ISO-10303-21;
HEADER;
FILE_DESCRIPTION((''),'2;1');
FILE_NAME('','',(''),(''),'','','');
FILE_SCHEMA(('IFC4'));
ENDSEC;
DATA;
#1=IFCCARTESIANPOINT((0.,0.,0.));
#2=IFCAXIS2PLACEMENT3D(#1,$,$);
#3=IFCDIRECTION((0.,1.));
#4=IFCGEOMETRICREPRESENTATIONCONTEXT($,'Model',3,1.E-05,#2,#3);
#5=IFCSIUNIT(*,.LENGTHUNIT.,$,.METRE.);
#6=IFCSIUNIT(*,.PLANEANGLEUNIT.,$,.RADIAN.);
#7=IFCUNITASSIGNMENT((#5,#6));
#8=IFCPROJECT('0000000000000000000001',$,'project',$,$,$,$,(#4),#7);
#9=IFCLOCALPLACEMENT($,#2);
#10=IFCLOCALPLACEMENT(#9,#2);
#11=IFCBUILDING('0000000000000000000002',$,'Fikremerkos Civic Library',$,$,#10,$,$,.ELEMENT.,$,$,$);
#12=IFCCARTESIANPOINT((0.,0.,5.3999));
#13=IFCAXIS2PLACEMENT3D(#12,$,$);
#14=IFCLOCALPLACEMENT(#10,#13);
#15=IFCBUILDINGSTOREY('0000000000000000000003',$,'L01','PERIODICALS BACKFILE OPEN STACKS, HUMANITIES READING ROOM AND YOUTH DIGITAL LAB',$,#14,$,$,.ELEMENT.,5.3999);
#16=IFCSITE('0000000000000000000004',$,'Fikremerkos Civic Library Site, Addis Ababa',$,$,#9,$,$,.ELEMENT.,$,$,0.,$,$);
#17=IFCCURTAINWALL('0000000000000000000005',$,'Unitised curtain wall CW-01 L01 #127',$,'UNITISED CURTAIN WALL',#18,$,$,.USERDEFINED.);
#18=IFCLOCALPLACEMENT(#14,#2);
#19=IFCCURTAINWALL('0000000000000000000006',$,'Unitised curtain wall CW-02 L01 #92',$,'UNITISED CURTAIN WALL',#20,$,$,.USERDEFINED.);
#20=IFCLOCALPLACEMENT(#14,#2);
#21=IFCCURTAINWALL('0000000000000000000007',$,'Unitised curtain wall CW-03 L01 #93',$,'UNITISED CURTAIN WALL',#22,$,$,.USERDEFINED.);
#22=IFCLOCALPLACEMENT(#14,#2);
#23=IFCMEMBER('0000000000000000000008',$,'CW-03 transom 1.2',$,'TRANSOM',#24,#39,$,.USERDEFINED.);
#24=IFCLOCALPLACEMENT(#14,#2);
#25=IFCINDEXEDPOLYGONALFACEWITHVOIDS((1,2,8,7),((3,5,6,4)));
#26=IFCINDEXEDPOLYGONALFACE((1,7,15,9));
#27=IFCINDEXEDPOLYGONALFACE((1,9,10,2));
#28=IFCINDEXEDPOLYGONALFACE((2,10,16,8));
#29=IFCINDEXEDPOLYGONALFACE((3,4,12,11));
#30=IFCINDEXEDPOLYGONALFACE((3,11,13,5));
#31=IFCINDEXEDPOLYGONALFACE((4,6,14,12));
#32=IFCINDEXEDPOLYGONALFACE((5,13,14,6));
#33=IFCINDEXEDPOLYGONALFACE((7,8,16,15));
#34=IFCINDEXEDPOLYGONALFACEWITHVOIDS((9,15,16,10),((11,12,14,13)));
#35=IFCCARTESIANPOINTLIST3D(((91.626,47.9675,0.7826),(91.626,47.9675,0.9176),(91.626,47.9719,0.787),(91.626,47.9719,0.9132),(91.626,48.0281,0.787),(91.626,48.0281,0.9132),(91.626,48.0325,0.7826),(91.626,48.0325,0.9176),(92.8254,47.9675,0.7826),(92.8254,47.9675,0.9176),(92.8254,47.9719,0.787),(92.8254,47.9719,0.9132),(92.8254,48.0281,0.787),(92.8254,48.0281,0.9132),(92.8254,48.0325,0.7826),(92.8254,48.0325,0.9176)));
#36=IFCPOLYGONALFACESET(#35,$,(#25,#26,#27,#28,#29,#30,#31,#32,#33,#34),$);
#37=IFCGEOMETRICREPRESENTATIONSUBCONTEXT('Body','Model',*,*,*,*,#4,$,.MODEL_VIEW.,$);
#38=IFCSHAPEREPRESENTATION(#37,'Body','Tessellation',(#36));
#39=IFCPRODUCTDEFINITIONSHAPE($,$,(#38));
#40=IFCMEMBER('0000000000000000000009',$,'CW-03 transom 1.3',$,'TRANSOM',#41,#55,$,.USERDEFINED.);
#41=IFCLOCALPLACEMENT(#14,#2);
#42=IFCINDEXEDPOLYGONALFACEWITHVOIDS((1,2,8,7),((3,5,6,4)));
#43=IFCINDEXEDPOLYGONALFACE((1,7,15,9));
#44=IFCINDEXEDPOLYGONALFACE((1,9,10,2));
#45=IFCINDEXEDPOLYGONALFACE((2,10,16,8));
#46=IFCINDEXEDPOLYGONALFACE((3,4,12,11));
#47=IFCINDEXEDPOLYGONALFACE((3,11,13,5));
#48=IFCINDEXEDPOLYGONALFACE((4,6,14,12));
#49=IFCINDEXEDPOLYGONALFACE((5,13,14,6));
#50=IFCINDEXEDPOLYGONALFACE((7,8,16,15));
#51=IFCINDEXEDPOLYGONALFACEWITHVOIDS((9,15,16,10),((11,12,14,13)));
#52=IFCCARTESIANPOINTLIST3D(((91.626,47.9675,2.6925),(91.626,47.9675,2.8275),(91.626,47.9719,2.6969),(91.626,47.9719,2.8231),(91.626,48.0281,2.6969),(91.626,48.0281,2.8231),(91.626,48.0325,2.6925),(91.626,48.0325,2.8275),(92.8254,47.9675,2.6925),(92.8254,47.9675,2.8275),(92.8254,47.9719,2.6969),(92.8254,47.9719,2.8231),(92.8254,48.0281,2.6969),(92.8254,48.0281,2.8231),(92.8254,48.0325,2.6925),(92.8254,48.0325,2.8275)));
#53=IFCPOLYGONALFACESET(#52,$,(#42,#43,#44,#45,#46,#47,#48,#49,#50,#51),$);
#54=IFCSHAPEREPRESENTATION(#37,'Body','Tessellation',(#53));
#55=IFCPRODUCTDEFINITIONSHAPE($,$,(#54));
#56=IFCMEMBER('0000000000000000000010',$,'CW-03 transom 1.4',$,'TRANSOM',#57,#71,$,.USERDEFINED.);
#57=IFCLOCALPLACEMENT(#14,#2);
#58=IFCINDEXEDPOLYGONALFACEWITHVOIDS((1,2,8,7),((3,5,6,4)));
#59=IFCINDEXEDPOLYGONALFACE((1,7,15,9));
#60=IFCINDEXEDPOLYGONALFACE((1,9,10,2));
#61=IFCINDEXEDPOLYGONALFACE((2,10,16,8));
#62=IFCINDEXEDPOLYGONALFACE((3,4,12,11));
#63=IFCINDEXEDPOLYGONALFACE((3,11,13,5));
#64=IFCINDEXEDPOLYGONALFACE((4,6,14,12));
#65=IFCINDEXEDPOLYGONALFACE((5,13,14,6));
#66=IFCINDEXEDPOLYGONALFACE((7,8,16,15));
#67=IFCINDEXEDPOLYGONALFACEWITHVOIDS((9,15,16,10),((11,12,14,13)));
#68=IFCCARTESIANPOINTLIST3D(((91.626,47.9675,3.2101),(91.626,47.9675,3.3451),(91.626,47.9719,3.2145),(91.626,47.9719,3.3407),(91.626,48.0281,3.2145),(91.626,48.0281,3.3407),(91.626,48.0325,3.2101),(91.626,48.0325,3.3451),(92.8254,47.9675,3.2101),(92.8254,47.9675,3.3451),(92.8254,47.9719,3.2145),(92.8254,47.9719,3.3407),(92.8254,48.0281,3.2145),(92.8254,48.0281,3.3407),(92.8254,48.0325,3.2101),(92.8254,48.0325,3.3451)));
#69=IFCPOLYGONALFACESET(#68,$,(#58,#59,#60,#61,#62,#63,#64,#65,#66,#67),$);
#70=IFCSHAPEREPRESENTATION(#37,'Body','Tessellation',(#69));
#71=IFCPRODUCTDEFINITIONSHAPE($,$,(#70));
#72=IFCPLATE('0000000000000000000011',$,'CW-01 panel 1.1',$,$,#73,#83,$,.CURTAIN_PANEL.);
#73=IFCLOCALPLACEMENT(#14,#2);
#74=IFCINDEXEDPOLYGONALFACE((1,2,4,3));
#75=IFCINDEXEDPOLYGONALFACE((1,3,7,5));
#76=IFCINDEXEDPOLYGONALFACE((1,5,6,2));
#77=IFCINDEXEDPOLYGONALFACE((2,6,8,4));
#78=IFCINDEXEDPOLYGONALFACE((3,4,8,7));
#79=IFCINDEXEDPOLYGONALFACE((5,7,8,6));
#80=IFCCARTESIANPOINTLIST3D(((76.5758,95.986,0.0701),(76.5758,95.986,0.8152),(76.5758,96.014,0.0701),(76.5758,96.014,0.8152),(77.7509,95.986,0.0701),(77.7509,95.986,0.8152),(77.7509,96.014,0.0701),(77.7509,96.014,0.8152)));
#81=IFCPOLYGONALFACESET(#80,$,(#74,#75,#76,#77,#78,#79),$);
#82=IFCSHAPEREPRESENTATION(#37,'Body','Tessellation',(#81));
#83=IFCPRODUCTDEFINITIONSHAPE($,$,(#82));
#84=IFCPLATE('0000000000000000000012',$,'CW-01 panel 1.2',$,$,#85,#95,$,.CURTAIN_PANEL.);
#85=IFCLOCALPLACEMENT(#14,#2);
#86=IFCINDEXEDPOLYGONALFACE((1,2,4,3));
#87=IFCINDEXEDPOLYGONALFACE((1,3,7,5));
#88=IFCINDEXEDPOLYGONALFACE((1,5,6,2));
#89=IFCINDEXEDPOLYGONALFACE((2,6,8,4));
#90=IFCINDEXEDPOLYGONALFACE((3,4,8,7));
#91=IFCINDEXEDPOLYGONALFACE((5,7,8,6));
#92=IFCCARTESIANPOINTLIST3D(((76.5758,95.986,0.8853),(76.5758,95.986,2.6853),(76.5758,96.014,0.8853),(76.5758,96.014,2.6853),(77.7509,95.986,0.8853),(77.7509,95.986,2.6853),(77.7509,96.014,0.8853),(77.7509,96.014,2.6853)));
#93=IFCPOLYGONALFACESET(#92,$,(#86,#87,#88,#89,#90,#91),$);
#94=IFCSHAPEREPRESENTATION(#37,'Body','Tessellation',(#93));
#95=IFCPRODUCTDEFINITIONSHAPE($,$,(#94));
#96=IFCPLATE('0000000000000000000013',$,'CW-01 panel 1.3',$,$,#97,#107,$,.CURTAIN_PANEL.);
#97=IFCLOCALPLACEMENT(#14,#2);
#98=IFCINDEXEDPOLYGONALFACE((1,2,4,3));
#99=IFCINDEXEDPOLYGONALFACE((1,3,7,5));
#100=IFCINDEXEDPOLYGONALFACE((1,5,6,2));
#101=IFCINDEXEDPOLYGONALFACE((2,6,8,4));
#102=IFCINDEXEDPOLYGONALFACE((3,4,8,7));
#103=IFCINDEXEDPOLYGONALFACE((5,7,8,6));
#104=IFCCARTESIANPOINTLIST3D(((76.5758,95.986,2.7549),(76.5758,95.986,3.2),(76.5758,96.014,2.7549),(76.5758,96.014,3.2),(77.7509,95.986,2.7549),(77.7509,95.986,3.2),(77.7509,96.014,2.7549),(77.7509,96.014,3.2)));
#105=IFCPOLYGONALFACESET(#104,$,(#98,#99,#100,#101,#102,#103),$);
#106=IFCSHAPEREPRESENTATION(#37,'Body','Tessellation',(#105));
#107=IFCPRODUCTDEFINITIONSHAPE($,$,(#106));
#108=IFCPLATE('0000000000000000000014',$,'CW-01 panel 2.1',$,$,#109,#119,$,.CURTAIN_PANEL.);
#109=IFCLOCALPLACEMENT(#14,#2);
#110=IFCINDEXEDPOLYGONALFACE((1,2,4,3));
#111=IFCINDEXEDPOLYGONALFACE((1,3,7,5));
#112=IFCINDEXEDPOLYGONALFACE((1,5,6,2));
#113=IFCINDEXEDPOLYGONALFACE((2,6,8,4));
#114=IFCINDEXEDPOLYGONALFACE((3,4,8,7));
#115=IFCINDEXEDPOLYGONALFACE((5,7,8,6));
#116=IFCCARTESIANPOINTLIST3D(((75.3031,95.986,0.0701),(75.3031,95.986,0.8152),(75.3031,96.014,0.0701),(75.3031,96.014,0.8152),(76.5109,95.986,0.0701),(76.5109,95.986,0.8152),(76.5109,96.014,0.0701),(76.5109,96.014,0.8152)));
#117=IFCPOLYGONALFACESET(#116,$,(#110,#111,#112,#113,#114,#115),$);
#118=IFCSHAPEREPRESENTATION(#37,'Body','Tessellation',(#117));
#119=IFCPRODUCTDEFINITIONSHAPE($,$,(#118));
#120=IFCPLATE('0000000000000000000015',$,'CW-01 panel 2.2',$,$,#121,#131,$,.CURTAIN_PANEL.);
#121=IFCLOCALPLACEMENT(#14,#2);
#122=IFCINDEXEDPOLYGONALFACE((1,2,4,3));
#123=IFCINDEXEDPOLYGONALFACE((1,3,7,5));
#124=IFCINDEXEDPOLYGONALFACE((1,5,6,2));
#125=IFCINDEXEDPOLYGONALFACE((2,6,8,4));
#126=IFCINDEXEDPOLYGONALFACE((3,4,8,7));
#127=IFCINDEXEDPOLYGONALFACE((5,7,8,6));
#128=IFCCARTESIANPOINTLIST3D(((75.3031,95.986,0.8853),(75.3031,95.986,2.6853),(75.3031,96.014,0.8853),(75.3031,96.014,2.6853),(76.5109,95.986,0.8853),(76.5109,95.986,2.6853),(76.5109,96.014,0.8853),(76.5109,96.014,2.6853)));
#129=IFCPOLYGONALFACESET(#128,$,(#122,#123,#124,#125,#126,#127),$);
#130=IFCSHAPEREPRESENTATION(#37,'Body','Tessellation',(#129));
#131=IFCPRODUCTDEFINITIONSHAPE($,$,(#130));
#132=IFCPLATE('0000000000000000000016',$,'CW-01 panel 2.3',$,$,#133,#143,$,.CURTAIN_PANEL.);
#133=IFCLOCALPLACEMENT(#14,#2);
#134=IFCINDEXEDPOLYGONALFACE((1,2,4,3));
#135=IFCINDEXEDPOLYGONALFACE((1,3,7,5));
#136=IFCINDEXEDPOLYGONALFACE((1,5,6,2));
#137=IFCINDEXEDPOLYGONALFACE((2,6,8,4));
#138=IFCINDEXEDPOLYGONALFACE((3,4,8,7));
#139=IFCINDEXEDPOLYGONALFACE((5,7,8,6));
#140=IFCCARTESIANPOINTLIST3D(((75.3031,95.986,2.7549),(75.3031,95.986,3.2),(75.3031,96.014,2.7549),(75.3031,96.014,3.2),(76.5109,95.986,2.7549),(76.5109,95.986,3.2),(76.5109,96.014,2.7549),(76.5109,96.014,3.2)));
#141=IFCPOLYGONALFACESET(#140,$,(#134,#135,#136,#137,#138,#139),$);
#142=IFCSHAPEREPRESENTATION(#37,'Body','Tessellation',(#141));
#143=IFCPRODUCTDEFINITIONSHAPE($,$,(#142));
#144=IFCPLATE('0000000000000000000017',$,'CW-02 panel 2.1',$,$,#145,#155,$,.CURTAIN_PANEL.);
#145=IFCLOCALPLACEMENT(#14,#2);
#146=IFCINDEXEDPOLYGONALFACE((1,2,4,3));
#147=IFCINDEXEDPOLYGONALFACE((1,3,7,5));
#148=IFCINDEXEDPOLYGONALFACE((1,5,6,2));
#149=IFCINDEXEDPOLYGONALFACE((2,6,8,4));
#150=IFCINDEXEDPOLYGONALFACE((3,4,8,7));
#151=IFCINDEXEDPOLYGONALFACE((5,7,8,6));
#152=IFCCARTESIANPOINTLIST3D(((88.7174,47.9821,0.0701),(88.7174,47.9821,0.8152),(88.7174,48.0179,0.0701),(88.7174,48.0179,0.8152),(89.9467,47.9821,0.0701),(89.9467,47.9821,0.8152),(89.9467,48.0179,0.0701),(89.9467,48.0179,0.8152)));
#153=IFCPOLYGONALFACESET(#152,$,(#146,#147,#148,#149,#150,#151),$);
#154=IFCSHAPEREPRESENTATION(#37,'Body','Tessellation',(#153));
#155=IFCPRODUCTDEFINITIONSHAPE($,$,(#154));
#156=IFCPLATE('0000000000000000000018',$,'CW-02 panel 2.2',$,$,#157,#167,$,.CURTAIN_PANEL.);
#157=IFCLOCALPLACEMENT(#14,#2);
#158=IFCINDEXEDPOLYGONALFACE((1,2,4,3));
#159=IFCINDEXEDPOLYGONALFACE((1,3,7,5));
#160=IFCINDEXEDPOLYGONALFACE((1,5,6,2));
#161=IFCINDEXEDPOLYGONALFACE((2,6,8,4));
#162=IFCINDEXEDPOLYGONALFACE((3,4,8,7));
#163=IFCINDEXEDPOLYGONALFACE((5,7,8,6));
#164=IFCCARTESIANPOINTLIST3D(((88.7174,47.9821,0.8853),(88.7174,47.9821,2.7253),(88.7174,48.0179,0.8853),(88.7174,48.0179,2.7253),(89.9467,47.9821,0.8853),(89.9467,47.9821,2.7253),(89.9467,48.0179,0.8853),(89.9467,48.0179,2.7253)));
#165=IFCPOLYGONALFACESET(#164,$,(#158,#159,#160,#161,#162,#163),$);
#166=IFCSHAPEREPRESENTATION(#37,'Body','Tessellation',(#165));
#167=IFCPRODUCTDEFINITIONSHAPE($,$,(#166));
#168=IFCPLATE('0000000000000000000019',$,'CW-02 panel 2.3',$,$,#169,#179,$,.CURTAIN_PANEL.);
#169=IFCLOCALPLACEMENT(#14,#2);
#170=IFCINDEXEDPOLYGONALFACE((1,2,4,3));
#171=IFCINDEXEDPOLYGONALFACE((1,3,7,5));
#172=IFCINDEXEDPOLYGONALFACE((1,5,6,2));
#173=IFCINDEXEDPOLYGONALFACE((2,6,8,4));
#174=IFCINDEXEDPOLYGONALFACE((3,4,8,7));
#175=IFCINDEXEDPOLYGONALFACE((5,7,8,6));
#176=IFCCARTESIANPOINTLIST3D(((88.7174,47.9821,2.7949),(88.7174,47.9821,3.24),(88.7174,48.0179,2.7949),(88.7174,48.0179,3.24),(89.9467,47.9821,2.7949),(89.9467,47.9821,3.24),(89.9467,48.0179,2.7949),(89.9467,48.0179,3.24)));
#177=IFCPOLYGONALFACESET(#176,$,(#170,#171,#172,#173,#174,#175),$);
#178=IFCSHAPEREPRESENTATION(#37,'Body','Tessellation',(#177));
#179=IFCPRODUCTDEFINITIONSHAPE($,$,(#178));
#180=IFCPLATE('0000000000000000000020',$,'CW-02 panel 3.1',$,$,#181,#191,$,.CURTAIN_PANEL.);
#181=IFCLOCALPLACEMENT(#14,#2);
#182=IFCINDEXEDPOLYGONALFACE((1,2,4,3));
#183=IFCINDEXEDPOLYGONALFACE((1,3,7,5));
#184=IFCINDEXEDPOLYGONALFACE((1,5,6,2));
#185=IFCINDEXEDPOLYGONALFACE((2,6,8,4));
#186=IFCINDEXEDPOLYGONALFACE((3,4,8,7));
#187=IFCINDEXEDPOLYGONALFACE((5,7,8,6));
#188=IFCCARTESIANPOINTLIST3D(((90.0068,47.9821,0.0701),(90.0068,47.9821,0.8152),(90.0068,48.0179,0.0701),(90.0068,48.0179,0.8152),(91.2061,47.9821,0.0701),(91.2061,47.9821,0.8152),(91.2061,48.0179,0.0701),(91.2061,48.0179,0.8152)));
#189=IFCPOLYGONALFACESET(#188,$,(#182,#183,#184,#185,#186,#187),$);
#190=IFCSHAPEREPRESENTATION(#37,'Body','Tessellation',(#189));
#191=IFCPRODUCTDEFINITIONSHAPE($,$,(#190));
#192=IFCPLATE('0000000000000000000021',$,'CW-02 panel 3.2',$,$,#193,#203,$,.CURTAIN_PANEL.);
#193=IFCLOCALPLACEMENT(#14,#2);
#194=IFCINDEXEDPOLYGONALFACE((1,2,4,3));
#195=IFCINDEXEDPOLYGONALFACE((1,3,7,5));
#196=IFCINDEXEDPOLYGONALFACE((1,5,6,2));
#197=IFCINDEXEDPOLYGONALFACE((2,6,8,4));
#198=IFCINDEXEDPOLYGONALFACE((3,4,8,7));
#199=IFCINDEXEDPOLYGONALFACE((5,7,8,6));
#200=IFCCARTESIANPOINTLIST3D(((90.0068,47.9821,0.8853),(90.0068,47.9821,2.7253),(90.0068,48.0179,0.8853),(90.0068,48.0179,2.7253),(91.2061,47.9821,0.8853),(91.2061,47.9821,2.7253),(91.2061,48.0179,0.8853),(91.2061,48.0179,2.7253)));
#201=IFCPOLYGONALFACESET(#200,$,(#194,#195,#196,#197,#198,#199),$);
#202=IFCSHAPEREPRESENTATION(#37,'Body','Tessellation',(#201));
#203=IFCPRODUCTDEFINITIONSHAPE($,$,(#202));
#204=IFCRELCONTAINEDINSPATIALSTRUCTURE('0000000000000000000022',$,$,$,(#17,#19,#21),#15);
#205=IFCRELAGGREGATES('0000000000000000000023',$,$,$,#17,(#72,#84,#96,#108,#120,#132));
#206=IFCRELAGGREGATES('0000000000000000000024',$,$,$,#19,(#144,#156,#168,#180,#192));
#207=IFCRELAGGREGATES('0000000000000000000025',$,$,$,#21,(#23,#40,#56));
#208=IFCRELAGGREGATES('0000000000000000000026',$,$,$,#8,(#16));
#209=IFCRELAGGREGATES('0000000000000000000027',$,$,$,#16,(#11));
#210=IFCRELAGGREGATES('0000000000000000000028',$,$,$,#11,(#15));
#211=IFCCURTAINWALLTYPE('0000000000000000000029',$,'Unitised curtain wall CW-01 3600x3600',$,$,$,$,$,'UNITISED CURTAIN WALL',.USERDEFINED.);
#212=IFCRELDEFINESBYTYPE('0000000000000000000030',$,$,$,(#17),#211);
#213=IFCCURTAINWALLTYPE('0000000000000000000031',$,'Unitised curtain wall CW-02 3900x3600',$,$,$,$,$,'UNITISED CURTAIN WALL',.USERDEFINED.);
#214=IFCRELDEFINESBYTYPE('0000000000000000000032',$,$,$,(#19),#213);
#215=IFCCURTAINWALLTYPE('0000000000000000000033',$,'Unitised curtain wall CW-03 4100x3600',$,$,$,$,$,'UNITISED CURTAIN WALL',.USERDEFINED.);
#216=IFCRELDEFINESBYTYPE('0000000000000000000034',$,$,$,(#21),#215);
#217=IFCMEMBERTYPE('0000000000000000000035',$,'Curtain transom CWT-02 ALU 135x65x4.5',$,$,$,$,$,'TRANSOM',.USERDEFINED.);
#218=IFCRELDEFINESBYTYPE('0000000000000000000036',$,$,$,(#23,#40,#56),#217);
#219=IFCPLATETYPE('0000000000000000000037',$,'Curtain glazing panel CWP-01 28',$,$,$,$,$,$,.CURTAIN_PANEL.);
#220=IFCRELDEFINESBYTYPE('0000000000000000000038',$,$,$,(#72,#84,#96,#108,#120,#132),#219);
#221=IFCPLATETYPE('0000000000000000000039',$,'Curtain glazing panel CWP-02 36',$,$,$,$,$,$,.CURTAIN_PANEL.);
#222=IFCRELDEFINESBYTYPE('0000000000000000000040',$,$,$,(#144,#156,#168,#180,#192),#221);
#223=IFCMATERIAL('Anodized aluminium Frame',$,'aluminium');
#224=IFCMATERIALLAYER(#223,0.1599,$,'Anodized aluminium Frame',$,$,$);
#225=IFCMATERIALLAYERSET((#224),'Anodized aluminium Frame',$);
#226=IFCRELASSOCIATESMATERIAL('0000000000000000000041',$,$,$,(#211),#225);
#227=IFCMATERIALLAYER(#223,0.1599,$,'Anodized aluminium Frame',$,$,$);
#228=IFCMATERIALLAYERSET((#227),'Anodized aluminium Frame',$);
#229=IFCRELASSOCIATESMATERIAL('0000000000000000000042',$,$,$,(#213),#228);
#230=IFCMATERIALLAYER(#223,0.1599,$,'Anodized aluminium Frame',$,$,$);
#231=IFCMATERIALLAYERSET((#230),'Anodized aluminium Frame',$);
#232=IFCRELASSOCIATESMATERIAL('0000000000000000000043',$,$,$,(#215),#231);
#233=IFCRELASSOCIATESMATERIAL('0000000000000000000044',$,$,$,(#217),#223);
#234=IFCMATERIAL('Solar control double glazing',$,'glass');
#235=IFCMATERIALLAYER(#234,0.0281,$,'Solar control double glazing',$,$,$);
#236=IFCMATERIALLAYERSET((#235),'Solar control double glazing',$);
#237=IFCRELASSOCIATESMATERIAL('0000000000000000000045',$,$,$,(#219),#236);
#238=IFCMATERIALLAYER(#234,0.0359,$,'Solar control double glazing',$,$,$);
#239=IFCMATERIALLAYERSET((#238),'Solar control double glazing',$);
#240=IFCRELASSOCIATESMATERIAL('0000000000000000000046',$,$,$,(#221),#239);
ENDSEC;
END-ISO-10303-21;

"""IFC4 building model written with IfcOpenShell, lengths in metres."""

from ifc_helpers import new_model, si_unit, direction, frame, origin, origin_2d, place, context, subcontext, project, spatial, rectangle, hollow_rectangle, extrude, material, layer, layer_set, material_profile, profile_set, type_object, element, aggregate, save


model = new_model("IFC4")

# Units and contexts
model_context = context("Model", 3, precision=1e-05, world=origin(), true_north=direction((0.0, 1.0)))
body_context = subcontext(model_context, "Body", "Model", "MODEL_VIEW")
ifc_project = project(units=[si_unit("LENGTHUNIT", "METRE"), si_unit("PLANEANGLEUNIT", "RADIAN")], contexts=[model_context])

# Site, building, storey
site_placement = place(None, origin())
site = spatial("IfcSite", under=ifc_project, at=site_placement, Name="Fikremerkos Civic Library Site, Addis Ababa", CompositionType="ELEMENT", RefElevation=0.0)
building_placement = place(site_placement, origin())
building = spatial("IfcBuilding", under=site, at=building_placement, Name="Fikremerkos Civic Library", CompositionType="ELEMENT")
storey_placement = place(building_placement, frame((0.0, 0.0, 5.3999)))
storey = spatial("IfcBuildingStorey", under=building, at=storey_placement, Name="L01", Description="PERIODICALS BACKFILE OPEN STACKS, HUMANITIES READING ROOM AND YOUTH DIGITAL LAB", CompositionType="ELEMENT", Elevation=5.3999)

# Curtain walls
ifc_material_1 = material(Name="Anodized aluminium Frame", Category="aluminium")
ifc_layer_1 = layer(ifc_material_1, 0.1599, Name="Anodized aluminium Frame")
ifc_layer_set_1 = layer_set([ifc_layer_1], Name="Anodized aluminium Frame")
curtain_wall_type_1 = type_object("IfcCurtainWallType", Name="Unitised curtain wall CW-01 3600x3600", ElementType="UNITISED CURTAIN WALL", PredefinedType="USERDEFINED", material=ifc_layer_set_1)
curtain_wall_1_placement = place(storey_placement, origin())
curtain_wall_1 = element("IfcCurtainWall", 1, at=curtain_wall_1_placement, inside=storey, type_object=curtain_wall_type_1, Name="Unitised curtain wall CW-01 L01 #127", ObjectType="UNITISED CURTAIN WALL", PredefinedType="USERDEFINED")
ifc_layer_2 = layer(ifc_material_1, 0.1599, Name="Anodized aluminium Frame")
ifc_layer_set_2 = layer_set([ifc_layer_2], Name="Anodized aluminium Frame")
curtain_wall_type_2 = type_object("IfcCurtainWallType", Name="Unitised curtain wall CW-02 3900x3600", ElementType="UNITISED CURTAIN WALL", PredefinedType="USERDEFINED", material=ifc_layer_set_2)
curtain_wall_2_placement = place(storey_placement, origin())
curtain_wall_2 = element("IfcCurtainWall", 2, at=curtain_wall_2_placement, inside=storey, type_object=curtain_wall_type_2, Name="Unitised curtain wall CW-02 L01 #92", ObjectType="UNITISED CURTAIN WALL", PredefinedType="USERDEFINED")

# Curtain wall
ifc_layer_3 = layer(ifc_material_1, 0.1599, Name="Anodized aluminium Frame")
ifc_layer_set_3 = layer_set([ifc_layer_3], Name="Anodized aluminium Frame")
curtain_wall_type_3 = type_object("IfcCurtainWallType", Name="Unitised curtain wall CW-03 4100x3600", ElementType="UNITISED CURTAIN WALL", PredefinedType="USERDEFINED", material=ifc_layer_set_3)
curtain_wall_3_placement = place(storey_placement, origin())
curtain_wall_3 = element("IfcCurtainWall", 3, at=curtain_wall_3_placement, inside=storey, type_object=curtain_wall_type_3, Name="Unitised curtain wall CW-03 L01 #93", ObjectType="UNITISED CURTAIN WALL", PredefinedType="USERDEFINED")

# Members
ifc_material_profile_1 = material_profile(ifc_material_1, hollow_rectangle(XDim=0.0649, YDim=0.135, WallThickness=0.0044, at=origin_2d()), Name="ALU 135x65x4.5")
ifc_profile_set_1 = profile_set([ifc_material_profile_1], Name="Anodized aluminium Frame")
member_type_1 = type_object("IfcMemberType", Name="Curtain transom CWT-02 ALU 135x65x4.5", ElementType="TRANSOM", PredefinedType="USERDEFINED", material=ifc_profile_set_1)
member_1_placement = place(storey_placement, frame((91.626, 48.0, 0.8501), z_axis=(1.0, 0.0, 0.0), x_axis=(0.0, 1.0, 0.0)))
member_1 = element("IfcMember", 4, at=member_1_placement, type_object=member_type_1, Name="CW-03 transom 1.2", ObjectType="TRANSOM", PredefinedType="USERDEFINED", context=body_context, shape_type="SweptSolid", body=[
    extrude(hollow_rectangle(XDim=0.0649, YDim=0.135, WallThickness=0.0044, at=origin_2d()), origin(), (0.0, 0.0, 1.0), 1.1995),
])
member_2_placement = place(storey_placement, frame((91.626, 48.0, 2.76), z_axis=(1.0, 0.0, 0.0), x_axis=(0.0, 1.0, 0.0)))
member_2 = element("IfcMember", 5, at=member_2_placement, type_object=member_type_1, Name="CW-03 transom 1.3", ObjectType="TRANSOM", PredefinedType="USERDEFINED", context=body_context, shape_type="SweptSolid", body=[
    extrude(hollow_rectangle(XDim=0.0649, YDim=0.135, WallThickness=0.0044, at=origin_2d()), origin(), (0.0, 0.0, 1.0), 1.1995),
])
member_3_placement = place(storey_placement, frame((91.626, 48.0, 3.2776), z_axis=(1.0, 0.0, 0.0), x_axis=(0.0, 1.0, 0.0)))
member_3 = element("IfcMember", 6, at=member_3_placement, type_object=member_type_1, Name="CW-03 transom 1.4", ObjectType="TRANSOM", PredefinedType="USERDEFINED", context=body_context, shape_type="SweptSolid", body=[
    extrude(hollow_rectangle(XDim=0.0649, YDim=0.135, WallThickness=0.0044, at=origin_2d()), origin(), (0.0, 0.0, 1.0), 1.1995),
])

# Plates
ifc_material_2 = material(Name="Solar control double glazing", Category="glass")
ifc_layer_4 = layer(ifc_material_2, 0.0281, Name="Solar control double glazing")
ifc_layer_set_4 = layer_set([ifc_layer_4], Name="Solar control double glazing")
plate_type_1 = type_object("IfcPlateType", Name="Curtain glazing panel CWP-01 28", PredefinedType="CURTAIN_PANEL", material=ifc_layer_set_4)
plate_1_placement = place(storey_placement, frame((77.1633, 96.0, 0.0701), z_axis=(0.0, 0.0, 1.0), x_axis=(-1.0, 0.0, 0.0)))
plate_1 = element("IfcPlate", 7, at=plate_1_placement, type_object=plate_type_1, Name="CW-01 panel 1.1", PredefinedType="CURTAIN_PANEL", context=body_context, shape_type="SweptSolid", body=[
    extrude(rectangle(XDim=1.175, YDim=0.0281, at=origin_2d()), origin(), (0.0, 0.0, 1.0), 0.7451),
])
plate_2_placement = place(storey_placement, frame((77.1633, 96.0, 0.8853), z_axis=(0.0, 0.0, 1.0), x_axis=(-1.0, 0.0, 0.0)))
plate_2 = element("IfcPlate", 8, at=plate_2_placement, type_object=plate_type_1, Name="CW-01 panel 1.2", PredefinedType="CURTAIN_PANEL", context=body_context, shape_type="SweptSolid", body=[
    extrude(rectangle(XDim=1.175, YDim=0.0281, at=origin_2d()), origin(), (0.0, 0.0, 1.0), 1.8),
])
plate_3_placement = place(storey_placement, frame((77.1633, 96.0, 2.7549), z_axis=(0.0, 0.0, 1.0), x_axis=(-1.0, 0.0, 0.0)))
plate_3 = element("IfcPlate", 9, at=plate_3_placement, type_object=plate_type_1, Name="CW-01 panel 1.3", PredefinedType="CURTAIN_PANEL", context=body_context, shape_type="SweptSolid", body=[
    extrude(rectangle(XDim=1.175, YDim=0.0281, at=origin_2d()), origin(), (0.0, 0.0, 1.0), 0.4451),
])
plate_4_placement = place(storey_placement, frame((75.907, 96.0, 0.0701), z_axis=(0.0, 0.0, 1.0), x_axis=(-1.0, 0.0, 0.0)))
plate_4 = element("IfcPlate", 10, at=plate_4_placement, type_object=plate_type_1, Name="CW-01 panel 2.1", PredefinedType="CURTAIN_PANEL", context=body_context, shape_type="SweptSolid", body=[
    extrude(rectangle(XDim=1.2078, YDim=0.0281, at=origin_2d()), origin(), (0.0, 0.0, 1.0), 0.7451),
])
plate_5_placement = place(storey_placement, frame((75.907, 96.0, 0.8853), z_axis=(0.0, 0.0, 1.0), x_axis=(-1.0, 0.0, 0.0)))
plate_5 = element("IfcPlate", 11, at=plate_5_placement, type_object=plate_type_1, Name="CW-01 panel 2.2", PredefinedType="CURTAIN_PANEL", context=body_context, shape_type="SweptSolid", body=[
    extrude(rectangle(XDim=1.2078, YDim=0.0281, at=origin_2d()), origin(), (0.0, 0.0, 1.0), 1.8),
])
plate_6_placement = place(storey_placement, frame((75.907, 96.0, 2.7549), z_axis=(0.0, 0.0, 1.0), x_axis=(-1.0, 0.0, 0.0)))
plate_6 = element("IfcPlate", 12, at=plate_6_placement, type_object=plate_type_1, Name="CW-01 panel 2.3", PredefinedType="CURTAIN_PANEL", context=body_context, shape_type="SweptSolid", body=[
    extrude(rectangle(XDim=1.2078, YDim=0.0281, at=origin_2d()), origin(), (0.0, 0.0, 1.0), 0.4451),
])
aggregate(curtain_wall_1, [plate_1, plate_2, plate_3, plate_4, plate_5, plate_6])
ifc_layer_5 = layer(ifc_material_2, 0.0359, Name="Solar control double glazing")
ifc_layer_set_5 = layer_set([ifc_layer_5], Name="Solar control double glazing")
plate_type_2 = type_object("IfcPlateType", Name="Curtain glazing panel CWP-02 36", PredefinedType="CURTAIN_PANEL", material=ifc_layer_set_5)
plate_7_placement = place(storey_placement, frame((89.332, 48.0, 0.0701), z_axis=(0.0, 0.0, 1.0), x_axis=(1.0, 0.0, 0.0)))
plate_7 = element("IfcPlate", 13, at=plate_7_placement, type_object=plate_type_2, Name="CW-02 panel 2.1", PredefinedType="CURTAIN_PANEL", context=body_context, shape_type="SweptSolid", body=[
    extrude(rectangle(XDim=1.2292, YDim=0.0359, at=origin_2d()), origin(), (0.0, 0.0, 1.0), 0.7451),
])
plate_8_placement = place(storey_placement, frame((89.332, 48.0, 0.8853), z_axis=(0.0, 0.0, 1.0), x_axis=(1.0, 0.0, 0.0)))
plate_8 = element("IfcPlate", 14, at=plate_8_placement, type_object=plate_type_2, Name="CW-02 panel 2.2", PredefinedType="CURTAIN_PANEL", context=body_context, shape_type="SweptSolid", body=[
    extrude(rectangle(XDim=1.2292, YDim=0.0359, at=origin_2d()), origin(), (0.0, 0.0, 1.0), 1.8401),
])
plate_9_placement = place(storey_placement, frame((89.332, 48.0, 2.7949), z_axis=(0.0, 0.0, 1.0), x_axis=(1.0, 0.0, 0.0)))
plate_9 = element("IfcPlate", 15, at=plate_9_placement, type_object=plate_type_2, Name="CW-02 panel 2.3", PredefinedType="CURTAIN_PANEL", context=body_context, shape_type="SweptSolid", body=[
    extrude(rectangle(XDim=1.2292, YDim=0.0359, at=origin_2d()), origin(), (0.0, 0.0, 1.0), 0.4451),
])
plate_10_placement = place(storey_placement, frame((90.6064, 48.0, 0.0701), z_axis=(0.0, 0.0, 1.0), x_axis=(1.0, 0.0, 0.0)))
plate_10 = element("IfcPlate", 16, at=plate_10_placement, type_object=plate_type_2, Name="CW-02 panel 3.1", PredefinedType="CURTAIN_PANEL", context=body_context, shape_type="SweptSolid", body=[
    extrude(rectangle(XDim=1.1992, YDim=0.0359, at=origin_2d()), origin(), (0.0, 0.0, 1.0), 0.7451),
])
plate_11_placement = place(storey_placement, frame((90.6064, 48.0, 0.8853), z_axis=(0.0, 0.0, 1.0), x_axis=(1.0, 0.0, 0.0)))
plate_11 = element("IfcPlate", 17, at=plate_11_placement, type_object=plate_type_2, Name="CW-02 panel 3.2", PredefinedType="CURTAIN_PANEL", context=body_context, shape_type="SweptSolid", body=[
    extrude(rectangle(XDim=1.1992, YDim=0.0359, at=origin_2d()), origin(), (0.0, 0.0, 1.0), 1.8401),
])
aggregate(curtain_wall_2, [plate_7, plate_8, plate_9, plate_10, plate_11])
aggregate(curtain_wall_3, [member_1, member_2, member_3])

save(model, "model.ifc")
